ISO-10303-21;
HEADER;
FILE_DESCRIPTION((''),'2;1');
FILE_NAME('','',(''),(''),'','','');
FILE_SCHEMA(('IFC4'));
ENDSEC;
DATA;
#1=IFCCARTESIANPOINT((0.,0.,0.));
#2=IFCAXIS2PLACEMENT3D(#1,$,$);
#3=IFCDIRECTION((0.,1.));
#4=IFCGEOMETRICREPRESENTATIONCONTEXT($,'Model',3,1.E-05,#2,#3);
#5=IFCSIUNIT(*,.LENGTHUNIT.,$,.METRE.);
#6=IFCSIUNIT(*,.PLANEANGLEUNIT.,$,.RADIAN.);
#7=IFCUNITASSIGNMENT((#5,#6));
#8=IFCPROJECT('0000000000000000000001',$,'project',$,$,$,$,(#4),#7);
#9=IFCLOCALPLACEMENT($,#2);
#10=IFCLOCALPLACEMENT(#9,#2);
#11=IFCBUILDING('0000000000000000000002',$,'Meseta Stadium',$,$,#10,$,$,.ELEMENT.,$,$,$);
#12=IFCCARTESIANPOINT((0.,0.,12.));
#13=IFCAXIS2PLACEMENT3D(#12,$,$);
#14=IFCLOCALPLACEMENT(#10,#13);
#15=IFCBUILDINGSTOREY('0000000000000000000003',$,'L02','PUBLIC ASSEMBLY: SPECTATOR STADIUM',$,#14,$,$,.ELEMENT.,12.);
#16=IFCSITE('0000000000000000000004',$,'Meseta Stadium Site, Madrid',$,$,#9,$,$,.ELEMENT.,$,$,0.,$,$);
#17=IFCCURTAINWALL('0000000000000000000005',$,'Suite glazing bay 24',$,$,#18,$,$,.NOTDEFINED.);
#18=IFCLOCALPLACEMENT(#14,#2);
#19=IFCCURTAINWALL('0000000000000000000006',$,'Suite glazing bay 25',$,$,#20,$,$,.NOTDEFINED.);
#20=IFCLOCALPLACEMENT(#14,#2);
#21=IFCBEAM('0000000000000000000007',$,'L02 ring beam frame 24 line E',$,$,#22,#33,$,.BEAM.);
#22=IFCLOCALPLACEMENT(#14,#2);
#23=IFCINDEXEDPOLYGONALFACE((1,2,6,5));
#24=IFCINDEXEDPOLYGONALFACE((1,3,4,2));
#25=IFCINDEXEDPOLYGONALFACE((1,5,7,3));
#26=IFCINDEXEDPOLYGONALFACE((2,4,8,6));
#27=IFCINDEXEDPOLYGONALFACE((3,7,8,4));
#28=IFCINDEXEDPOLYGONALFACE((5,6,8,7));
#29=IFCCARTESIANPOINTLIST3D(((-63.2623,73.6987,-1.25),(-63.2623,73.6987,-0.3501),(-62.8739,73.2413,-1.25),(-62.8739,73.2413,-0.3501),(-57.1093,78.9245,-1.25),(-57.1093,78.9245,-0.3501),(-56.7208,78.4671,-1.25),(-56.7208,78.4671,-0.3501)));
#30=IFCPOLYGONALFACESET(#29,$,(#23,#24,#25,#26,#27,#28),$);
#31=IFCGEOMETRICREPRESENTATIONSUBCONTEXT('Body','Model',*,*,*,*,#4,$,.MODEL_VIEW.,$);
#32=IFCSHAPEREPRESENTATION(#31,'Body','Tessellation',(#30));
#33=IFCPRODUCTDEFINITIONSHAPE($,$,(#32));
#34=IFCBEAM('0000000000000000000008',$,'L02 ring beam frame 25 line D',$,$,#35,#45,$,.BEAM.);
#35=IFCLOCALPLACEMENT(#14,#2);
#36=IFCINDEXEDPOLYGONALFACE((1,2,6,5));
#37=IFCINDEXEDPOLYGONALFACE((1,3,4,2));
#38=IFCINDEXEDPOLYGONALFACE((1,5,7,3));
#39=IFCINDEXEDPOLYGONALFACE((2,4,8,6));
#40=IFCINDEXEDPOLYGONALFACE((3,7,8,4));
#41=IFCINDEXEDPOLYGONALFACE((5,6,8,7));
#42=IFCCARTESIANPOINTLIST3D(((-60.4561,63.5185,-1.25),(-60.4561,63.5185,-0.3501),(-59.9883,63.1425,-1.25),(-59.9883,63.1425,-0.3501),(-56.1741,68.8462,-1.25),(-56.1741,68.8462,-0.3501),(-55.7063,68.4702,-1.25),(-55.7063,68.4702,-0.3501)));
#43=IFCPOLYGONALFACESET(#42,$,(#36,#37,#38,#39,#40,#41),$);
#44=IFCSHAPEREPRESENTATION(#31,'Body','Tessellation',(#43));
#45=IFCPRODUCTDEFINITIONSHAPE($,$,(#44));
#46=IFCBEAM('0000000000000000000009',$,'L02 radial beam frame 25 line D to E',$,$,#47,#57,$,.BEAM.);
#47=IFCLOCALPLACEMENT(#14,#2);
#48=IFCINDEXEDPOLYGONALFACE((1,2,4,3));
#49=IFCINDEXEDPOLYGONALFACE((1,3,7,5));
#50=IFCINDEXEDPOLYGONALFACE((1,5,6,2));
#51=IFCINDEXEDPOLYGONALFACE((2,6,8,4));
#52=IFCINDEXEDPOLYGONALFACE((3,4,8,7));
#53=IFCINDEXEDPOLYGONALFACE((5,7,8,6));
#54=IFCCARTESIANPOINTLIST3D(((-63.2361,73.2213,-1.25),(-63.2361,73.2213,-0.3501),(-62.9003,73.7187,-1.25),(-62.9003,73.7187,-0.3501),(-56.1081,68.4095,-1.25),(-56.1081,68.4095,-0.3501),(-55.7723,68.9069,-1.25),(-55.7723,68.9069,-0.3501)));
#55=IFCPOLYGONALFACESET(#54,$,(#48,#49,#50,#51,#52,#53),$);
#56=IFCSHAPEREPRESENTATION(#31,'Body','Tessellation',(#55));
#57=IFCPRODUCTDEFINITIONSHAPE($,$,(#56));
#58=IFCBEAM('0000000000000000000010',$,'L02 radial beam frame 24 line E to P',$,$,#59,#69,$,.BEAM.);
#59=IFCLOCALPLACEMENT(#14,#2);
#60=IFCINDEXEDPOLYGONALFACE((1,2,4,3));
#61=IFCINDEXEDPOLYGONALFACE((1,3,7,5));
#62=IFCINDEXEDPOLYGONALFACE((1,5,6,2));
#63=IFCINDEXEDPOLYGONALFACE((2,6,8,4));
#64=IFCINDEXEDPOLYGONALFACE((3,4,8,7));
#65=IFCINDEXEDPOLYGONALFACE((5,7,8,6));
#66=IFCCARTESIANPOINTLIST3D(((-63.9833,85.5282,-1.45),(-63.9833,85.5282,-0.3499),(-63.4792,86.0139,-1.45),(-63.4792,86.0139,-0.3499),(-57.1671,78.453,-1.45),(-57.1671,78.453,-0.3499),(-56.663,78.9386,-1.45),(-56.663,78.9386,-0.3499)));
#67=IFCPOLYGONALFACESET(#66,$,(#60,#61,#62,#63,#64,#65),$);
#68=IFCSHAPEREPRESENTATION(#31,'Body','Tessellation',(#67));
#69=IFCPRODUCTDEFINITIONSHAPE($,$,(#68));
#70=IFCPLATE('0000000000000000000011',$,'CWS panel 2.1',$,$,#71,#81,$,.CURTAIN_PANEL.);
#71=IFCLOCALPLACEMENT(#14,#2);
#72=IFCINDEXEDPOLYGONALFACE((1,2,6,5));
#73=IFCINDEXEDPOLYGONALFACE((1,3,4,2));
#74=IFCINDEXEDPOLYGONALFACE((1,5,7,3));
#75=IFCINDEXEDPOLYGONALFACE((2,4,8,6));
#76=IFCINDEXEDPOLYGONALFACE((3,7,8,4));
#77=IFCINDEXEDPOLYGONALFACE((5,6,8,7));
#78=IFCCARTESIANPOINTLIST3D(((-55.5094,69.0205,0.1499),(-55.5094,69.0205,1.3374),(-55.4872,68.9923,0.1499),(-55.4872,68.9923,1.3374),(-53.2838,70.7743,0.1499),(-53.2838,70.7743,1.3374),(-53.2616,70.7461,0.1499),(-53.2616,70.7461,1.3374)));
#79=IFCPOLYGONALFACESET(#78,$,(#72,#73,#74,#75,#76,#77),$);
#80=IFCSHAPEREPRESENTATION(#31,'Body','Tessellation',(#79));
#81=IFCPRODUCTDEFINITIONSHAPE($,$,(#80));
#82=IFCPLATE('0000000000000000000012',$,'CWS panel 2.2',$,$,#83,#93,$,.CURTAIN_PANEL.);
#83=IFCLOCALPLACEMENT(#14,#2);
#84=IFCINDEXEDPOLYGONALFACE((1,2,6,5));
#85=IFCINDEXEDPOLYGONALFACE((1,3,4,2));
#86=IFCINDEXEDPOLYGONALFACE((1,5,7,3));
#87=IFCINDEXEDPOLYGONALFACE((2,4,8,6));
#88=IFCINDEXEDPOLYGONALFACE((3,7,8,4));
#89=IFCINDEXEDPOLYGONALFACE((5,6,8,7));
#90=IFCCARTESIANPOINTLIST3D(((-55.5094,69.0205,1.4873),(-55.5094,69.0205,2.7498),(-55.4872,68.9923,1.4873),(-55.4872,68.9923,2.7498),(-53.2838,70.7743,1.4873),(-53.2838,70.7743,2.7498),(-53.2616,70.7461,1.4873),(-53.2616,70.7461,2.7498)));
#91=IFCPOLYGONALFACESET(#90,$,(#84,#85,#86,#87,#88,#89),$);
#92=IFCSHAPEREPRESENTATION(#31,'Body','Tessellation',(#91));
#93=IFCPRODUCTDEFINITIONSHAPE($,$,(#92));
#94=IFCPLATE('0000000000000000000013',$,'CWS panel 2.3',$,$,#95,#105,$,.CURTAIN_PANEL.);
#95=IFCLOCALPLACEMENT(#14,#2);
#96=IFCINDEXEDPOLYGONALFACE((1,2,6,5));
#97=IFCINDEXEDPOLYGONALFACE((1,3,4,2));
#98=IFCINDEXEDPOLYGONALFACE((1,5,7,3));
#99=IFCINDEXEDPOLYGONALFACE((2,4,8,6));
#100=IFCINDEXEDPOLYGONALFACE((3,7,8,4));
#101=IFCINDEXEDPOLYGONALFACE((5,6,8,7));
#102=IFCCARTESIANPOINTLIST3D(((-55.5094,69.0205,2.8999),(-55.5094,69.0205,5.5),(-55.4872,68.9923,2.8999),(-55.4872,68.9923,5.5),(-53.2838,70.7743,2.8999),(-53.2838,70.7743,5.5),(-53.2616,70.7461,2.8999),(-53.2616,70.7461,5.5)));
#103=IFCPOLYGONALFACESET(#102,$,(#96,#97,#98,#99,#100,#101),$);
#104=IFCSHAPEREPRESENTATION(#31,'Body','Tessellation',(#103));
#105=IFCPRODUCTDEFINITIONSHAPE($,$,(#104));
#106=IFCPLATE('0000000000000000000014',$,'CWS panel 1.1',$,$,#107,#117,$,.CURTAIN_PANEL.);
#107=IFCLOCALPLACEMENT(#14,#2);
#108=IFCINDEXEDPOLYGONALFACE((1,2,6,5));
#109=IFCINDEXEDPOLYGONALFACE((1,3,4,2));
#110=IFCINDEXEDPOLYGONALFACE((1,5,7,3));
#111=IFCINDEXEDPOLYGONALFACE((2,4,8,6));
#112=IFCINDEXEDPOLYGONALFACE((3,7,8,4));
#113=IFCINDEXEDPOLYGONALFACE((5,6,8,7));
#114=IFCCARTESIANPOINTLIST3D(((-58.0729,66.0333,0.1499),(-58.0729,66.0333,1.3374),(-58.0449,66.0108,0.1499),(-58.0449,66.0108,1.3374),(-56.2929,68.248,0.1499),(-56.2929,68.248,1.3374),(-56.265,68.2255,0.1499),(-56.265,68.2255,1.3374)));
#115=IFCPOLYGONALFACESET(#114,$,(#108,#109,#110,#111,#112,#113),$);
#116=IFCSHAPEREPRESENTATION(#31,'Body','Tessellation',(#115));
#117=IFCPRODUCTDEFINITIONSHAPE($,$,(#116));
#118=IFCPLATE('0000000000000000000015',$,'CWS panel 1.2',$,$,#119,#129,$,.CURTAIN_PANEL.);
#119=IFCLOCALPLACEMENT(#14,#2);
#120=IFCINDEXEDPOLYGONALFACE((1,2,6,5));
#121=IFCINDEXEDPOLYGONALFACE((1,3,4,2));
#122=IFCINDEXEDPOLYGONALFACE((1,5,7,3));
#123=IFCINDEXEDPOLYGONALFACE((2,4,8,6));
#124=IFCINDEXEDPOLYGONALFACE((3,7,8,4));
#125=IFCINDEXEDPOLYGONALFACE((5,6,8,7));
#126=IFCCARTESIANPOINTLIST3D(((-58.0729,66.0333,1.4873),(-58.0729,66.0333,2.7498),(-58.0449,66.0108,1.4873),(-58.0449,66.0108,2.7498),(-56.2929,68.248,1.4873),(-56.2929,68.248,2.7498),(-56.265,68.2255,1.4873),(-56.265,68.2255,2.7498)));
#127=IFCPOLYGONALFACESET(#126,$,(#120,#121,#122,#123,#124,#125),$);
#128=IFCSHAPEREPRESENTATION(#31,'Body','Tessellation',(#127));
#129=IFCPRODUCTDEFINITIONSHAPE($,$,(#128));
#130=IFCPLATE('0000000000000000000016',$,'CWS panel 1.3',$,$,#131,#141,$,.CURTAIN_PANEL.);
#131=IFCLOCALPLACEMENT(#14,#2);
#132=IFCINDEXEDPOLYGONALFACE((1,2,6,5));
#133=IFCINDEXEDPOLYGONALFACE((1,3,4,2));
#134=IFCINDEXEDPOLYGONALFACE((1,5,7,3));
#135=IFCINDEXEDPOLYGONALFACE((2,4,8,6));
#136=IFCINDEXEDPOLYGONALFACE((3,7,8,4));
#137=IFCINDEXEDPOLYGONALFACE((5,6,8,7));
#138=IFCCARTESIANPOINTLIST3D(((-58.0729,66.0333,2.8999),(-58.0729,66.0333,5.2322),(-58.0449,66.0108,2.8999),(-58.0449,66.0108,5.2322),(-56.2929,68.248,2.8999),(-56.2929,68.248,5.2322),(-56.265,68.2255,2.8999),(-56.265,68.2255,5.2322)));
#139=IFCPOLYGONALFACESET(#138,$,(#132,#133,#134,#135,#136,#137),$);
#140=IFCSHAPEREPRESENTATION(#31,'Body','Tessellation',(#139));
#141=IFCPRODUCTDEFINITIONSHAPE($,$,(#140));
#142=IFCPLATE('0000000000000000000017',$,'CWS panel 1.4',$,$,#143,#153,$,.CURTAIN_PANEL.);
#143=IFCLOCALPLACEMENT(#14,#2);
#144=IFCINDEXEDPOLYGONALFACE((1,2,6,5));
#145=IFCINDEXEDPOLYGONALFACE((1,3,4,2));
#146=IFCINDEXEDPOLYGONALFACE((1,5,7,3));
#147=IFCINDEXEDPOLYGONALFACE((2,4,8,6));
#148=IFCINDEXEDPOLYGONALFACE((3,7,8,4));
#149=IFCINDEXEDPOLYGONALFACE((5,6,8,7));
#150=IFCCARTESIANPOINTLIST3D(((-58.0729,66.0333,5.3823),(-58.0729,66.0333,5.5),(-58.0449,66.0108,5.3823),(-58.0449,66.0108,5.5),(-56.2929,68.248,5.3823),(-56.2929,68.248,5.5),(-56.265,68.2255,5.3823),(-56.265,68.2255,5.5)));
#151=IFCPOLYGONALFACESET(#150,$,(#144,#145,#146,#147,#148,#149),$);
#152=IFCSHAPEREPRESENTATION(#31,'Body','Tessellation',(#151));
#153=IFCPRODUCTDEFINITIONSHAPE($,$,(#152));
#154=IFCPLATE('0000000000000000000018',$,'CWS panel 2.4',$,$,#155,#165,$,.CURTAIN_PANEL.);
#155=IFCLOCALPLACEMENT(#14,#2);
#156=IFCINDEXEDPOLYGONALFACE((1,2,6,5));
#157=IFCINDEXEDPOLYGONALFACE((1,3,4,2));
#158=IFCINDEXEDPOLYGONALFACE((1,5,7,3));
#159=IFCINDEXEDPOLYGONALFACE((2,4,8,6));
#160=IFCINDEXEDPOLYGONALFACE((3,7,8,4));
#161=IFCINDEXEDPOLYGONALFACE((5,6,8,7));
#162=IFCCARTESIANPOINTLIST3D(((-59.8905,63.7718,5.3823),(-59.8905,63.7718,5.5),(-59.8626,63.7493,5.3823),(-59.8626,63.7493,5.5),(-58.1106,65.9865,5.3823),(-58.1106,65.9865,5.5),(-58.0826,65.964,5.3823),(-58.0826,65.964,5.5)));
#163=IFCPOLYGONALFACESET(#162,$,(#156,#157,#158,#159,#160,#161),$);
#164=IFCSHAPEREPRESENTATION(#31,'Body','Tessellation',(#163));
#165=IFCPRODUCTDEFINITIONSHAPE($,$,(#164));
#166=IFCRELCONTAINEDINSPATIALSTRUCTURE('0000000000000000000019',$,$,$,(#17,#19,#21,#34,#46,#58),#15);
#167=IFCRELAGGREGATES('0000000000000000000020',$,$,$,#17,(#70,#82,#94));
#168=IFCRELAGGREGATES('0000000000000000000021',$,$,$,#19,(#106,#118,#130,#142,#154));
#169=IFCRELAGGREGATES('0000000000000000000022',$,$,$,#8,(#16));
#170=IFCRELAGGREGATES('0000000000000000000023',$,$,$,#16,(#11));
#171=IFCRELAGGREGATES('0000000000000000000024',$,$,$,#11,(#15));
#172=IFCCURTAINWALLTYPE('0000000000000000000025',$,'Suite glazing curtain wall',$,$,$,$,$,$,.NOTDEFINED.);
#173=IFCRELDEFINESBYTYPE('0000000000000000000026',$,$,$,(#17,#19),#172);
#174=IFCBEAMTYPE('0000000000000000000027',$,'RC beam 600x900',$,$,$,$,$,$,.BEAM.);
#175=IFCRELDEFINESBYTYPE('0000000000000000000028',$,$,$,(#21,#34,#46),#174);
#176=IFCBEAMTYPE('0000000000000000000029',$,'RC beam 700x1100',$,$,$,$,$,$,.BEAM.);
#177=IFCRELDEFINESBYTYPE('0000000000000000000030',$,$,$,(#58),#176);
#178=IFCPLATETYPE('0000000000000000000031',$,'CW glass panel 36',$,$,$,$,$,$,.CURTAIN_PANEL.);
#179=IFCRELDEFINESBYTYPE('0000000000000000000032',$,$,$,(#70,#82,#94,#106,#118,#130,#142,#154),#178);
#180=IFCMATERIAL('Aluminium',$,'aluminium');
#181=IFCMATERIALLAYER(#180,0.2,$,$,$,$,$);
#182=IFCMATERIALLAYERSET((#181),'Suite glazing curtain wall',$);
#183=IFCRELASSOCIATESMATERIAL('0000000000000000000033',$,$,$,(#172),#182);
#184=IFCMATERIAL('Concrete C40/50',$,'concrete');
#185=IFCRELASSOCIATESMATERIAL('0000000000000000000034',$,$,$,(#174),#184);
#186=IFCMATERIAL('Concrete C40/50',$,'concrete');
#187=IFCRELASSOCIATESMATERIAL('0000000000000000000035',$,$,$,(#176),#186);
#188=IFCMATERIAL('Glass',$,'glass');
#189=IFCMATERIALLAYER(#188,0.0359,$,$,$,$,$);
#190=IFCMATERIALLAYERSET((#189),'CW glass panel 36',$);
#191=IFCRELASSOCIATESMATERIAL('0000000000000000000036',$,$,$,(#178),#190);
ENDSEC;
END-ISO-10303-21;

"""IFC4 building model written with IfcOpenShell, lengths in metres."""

from ifc_helpers import new_model, si_unit, direction, frame, origin, origin_2d, place, context, subcontext, project, spatial, rectangle, extrude, material, layer, layer_set, material_profile, profile_set, type_object, element, aggregate, save


model = new_model("IFC4")

# Units and contexts
model_context = context("Model", 3, precision=1e-05, world=origin(), true_north=direction((0.0, 1.0)))
body_context = subcontext(model_context, "Body", "Model", "MODEL_VIEW")
ifc_project = project(units=[si_unit("LENGTHUNIT", "METRE"), si_unit("PLANEANGLEUNIT", "RADIAN")], contexts=[model_context])

# Site, building, storey
site_placement = place(None, origin())
site = spatial("IfcSite", under=ifc_project, at=site_placement, Name="Meseta Stadium Site, Madrid", CompositionType="ELEMENT", RefElevation=0.0)
building_placement = place(site_placement, origin())
building = spatial("IfcBuilding", under=site, at=building_placement, Name="Meseta Stadium", CompositionType="ELEMENT")
storey_placement = place(building_placement, frame((0.0, 0.0, 12.0)))
storey = spatial("IfcBuildingStorey", under=building, at=storey_placement, Name="L02", Description="PUBLIC ASSEMBLY: SPECTATOR STADIUM", CompositionType="ELEMENT", Elevation=12.0)

# Curtain walls
ifc_material_1 = material(Name="Aluminium", Category="aluminium")
ifc_layer_1 = layer(ifc_material_1, 0.2)
ifc_layer_set_1 = layer_set([ifc_layer_1], Name="Suite glazing curtain wall")
curtain_wall_type = type_object("IfcCurtainWallType", Name="Suite glazing curtain wall", PredefinedType="NOTDEFINED", material=ifc_layer_set_1)
curtain_wall_1_placement = place(storey_placement, origin())
curtain_wall_1 = element("IfcCurtainWall", 1, at=curtain_wall_1_placement, inside=storey, type_object=curtain_wall_type, Name="Suite glazing bay 24", PredefinedType="NOTDEFINED")
curtain_wall_2_placement = place(storey_placement, origin())
curtain_wall_2 = element("IfcCurtainWall", 2, at=curtain_wall_2_placement, inside=storey, type_object=curtain_wall_type, Name="Suite glazing bay 25", PredefinedType="NOTDEFINED")

# Beams
ifc_material_2 = material(Name="Concrete C40/50", Category="concrete")
ifc_material_profile_1 = material_profile(ifc_material_2, rectangle(XDim=0.6001, YDim=0.8999, at=origin_2d()), Name="RC 600x900")
ifc_profile_set_1 = profile_set([ifc_material_profile_1], Name="Concrete C40/50")
beam_type_1 = type_object("IfcBeamType", Name="RC beam 600x900", PredefinedType="BEAM", material=ifc_profile_set_1)
beam_1_placement = place(storey_placement, frame((-56.915, 78.6958, -0.8), z_axis=(-0.762201, -0.64734, 0.0), x_axis=(0.64734, -0.762201, 0.0)))
element("IfcBeam", 3, at=beam_1_placement, inside=storey, type_object=beam_type_1, Name="L02 ring beam frame 24 line E", PredefinedType="BEAM", context=body_context, shape_type="SweptSolid", body=[
    extrude(rectangle(XDim=0.6001, YDim=0.8999, at=origin_2d()), origin(), (0.0, 0.0, 1.0), 8.0728),
])
beam_2_placement = place(storey_placement, frame((-55.9402, 68.6582, -0.8), z_axis=(-0.626466, -0.779449, 0.0), x_axis=(0.779449, -0.626466, 0.0)))
element("IfcBeam", 4, at=beam_2_placement, inside=storey, type_object=beam_type_1, Name="L02 ring beam frame 25 line D", PredefinedType="BEAM", context=body_context, shape_type="SweptSolid", body=[
    extrude(rectangle(XDim=0.6001, YDim=0.8999, at=origin_2d()), origin(), (0.0, 0.0, 1.0), 6.8352),
])
beam_3_placement = place(storey_placement, frame((-55.9402, 68.6582, -0.8), z_axis=(-0.828826, 0.559506, 0.0), x_axis=(-0.559506, -0.828826, 0.0)))
element("IfcBeam", 5, at=beam_3_placement, inside=storey, type_object=beam_type_1, Name="L02 radial beam frame 25 line D to E", PredefinedType="BEAM", context=body_context, shape_type="SweptSolid", body=[
    extrude(rectangle(XDim=0.6001, YDim=0.8999, at=origin_2d()), origin(), (0.0, 0.0, 1.0), 8.6001),
])
ifc_material_3 = material(Name="Concrete C40/50", Category="concrete")
ifc_material_profile_2 = material_profile(ifc_material_3, rectangle(XDim=0.7, YDim=1.1001, at=origin_2d()), Name="RC 700x1100")
ifc_profile_set_2 = profile_set([ifc_material_profile_2], Name="Concrete C40/50")
beam_type_2 = type_object("IfcBeamType", Name="RC beam 700x1100", PredefinedType="BEAM", material=ifc_profile_set_2)
beam_4_placement = place(storey_placement, frame((-56.915, 78.6958, -0.8999), z_axis=(-0.693801, 0.720167, 0.0), x_axis=(-0.720167, -0.693801, 0.0)))
element("IfcBeam", 6, at=beam_4_placement, inside=storey, type_object=beam_type_2, Name="L02 radial beam frame 24 line E to P", PredefinedType="BEAM", context=body_context, shape_type="SweptSolid", body=[
    extrude(rectangle(XDim=0.7, YDim=1.1001, at=origin_2d()), origin(), (0.0, 0.0, 1.0), 9.8245),
])

# Plates
ifc_material_4 = material(Name="Glass", Category="glass")
ifc_layer_2 = layer(ifc_material_4, 0.0359)
ifc_layer_set_2 = layer_set([ifc_layer_2], Name="CW glass panel 36")
plate_type = type_object("IfcPlateType", Name="CW glass panel 36", PredefinedType="CURTAIN_PANEL", material=ifc_layer_set_2)
plate_1_placement = place(storey_placement, frame((-54.3855, 69.8833, 0.1499), z_axis=(0.0, 0.0, 1.0), x_axis=(-0.785435, -0.618944, 0.0)))
plate_1 = element("IfcPlate", 7, at=plate_1_placement, type_object=plate_type, Name="CWS panel 2.1", PredefinedType="CURTAIN_PANEL", context=body_context, shape_type="SweptSolid", body=[
    extrude(rectangle(XDim=2.8335, YDim=0.0359, at=origin_2d()), origin(), (0.0, 0.0, 1.0), 1.1875),
])
plate_2_placement = place(storey_placement, frame((-54.3855, 69.8833, 1.4873), z_axis=(0.0, 0.0, 1.0), x_axis=(-0.785435, -0.618944, 0.0)))
plate_2 = element("IfcPlate", 8, at=plate_2_placement, type_object=plate_type, Name="CWS panel 2.2", PredefinedType="CURTAIN_PANEL", context=body_context, shape_type="SweptSolid", body=[
    extrude(rectangle(XDim=2.8335, YDim=0.0359, at=origin_2d()), origin(), (0.0, 0.0, 1.0), 1.2625),
])
plate_3_placement = place(storey_placement, frame((-54.3855, 69.8833, 2.8999), z_axis=(0.0, 0.0, 1.0), x_axis=(-0.785435, -0.618944, 0.0)))
plate_3 = element("IfcPlate", 9, at=plate_3_placement, type_object=plate_type, Name="CWS panel 2.3", PredefinedType="CURTAIN_PANEL", context=body_context, shape_type="SweptSolid", body=[
    extrude(rectangle(XDim=2.8335, YDim=0.0359, at=origin_2d()), origin(), (0.0, 0.0, 1.0), 2.6001),
])
aggregate(curtain_wall_1, [plate_1, plate_2, plate_3])
plate_4_placement = place(storey_placement, frame((-57.1689, 67.1294, 0.1499), z_axis=(0.0, 0.0, 1.0), x_axis=(-0.62646, -0.779454, 0.0)))
plate_4 = element("IfcPlate", 10, at=plate_4_placement, type_object=plate_type, Name="CWS panel 1.1", PredefinedType="CURTAIN_PANEL", context=body_context, shape_type="SweptSolid", body=[
    extrude(rectangle(XDim=2.8413, YDim=0.0359, at=origin_2d()), origin(), (0.0, 0.0, 1.0), 1.1875),
])
plate_5_placement = place(storey_placement, frame((-57.1689, 67.1294, 1.4873), z_axis=(0.0, 0.0, 1.0), x_axis=(-0.62646, -0.779454, 0.0)))
plate_5 = element("IfcPlate", 11, at=plate_5_placement, type_object=plate_type, Name="CWS panel 1.2", PredefinedType="CURTAIN_PANEL", context=body_context, shape_type="SweptSolid", body=[
    extrude(rectangle(XDim=2.8413, YDim=0.0359, at=origin_2d()), origin(), (0.0, 0.0, 1.0), 1.2625),
])
plate_6_placement = place(storey_placement, frame((-57.1689, 67.1294, 2.8999), z_axis=(0.0, 0.0, 1.0), x_axis=(-0.62646, -0.779454, 0.0)))
plate_6 = element("IfcPlate", 12, at=plate_6_placement, type_object=plate_type, Name="CWS panel 1.3", PredefinedType="CURTAIN_PANEL", context=body_context, shape_type="SweptSolid", body=[
    extrude(rectangle(XDim=2.8413, YDim=0.0359, at=origin_2d()), origin(), (0.0, 0.0, 1.0), 2.3323),
])
plate_7_placement = place(storey_placement, frame((-57.1689, 67.1294, 5.3823), z_axis=(0.0, 0.0, 1.0), x_axis=(-0.62646, -0.779454, 0.0)))
plate_7 = element("IfcPlate", 13, at=plate_7_placement, type_object=plate_type, Name="CWS panel 1.4", PredefinedType="CURTAIN_PANEL", context=body_context, shape_type="SweptSolid", body=[
    extrude(rectangle(XDim=2.8413, YDim=0.0359, at=origin_2d()), origin(), (0.0, 0.0, 1.0), 0.1177),
])
plate_8_placement = place(storey_placement, frame((-58.9866, 64.8679, 5.3823), z_axis=(0.0, 0.0, 1.0), x_axis=(-0.62646, -0.779454, 0.0)))
plate_8 = element("IfcPlate", 14, at=plate_8_placement, type_object=plate_type, Name="CWS panel 2.4", PredefinedType="CURTAIN_PANEL", context=body_context, shape_type="SweptSolid", body=[
    extrude(rectangle(XDim=2.8413, YDim=0.0359, at=origin_2d()), origin(), (0.0, 0.0, 1.0), 0.1177),
])
aggregate(curtain_wall_2, [plate_4, plate_5, plate_6, plate_7, plate_8])

save(model, "model.ifc")
